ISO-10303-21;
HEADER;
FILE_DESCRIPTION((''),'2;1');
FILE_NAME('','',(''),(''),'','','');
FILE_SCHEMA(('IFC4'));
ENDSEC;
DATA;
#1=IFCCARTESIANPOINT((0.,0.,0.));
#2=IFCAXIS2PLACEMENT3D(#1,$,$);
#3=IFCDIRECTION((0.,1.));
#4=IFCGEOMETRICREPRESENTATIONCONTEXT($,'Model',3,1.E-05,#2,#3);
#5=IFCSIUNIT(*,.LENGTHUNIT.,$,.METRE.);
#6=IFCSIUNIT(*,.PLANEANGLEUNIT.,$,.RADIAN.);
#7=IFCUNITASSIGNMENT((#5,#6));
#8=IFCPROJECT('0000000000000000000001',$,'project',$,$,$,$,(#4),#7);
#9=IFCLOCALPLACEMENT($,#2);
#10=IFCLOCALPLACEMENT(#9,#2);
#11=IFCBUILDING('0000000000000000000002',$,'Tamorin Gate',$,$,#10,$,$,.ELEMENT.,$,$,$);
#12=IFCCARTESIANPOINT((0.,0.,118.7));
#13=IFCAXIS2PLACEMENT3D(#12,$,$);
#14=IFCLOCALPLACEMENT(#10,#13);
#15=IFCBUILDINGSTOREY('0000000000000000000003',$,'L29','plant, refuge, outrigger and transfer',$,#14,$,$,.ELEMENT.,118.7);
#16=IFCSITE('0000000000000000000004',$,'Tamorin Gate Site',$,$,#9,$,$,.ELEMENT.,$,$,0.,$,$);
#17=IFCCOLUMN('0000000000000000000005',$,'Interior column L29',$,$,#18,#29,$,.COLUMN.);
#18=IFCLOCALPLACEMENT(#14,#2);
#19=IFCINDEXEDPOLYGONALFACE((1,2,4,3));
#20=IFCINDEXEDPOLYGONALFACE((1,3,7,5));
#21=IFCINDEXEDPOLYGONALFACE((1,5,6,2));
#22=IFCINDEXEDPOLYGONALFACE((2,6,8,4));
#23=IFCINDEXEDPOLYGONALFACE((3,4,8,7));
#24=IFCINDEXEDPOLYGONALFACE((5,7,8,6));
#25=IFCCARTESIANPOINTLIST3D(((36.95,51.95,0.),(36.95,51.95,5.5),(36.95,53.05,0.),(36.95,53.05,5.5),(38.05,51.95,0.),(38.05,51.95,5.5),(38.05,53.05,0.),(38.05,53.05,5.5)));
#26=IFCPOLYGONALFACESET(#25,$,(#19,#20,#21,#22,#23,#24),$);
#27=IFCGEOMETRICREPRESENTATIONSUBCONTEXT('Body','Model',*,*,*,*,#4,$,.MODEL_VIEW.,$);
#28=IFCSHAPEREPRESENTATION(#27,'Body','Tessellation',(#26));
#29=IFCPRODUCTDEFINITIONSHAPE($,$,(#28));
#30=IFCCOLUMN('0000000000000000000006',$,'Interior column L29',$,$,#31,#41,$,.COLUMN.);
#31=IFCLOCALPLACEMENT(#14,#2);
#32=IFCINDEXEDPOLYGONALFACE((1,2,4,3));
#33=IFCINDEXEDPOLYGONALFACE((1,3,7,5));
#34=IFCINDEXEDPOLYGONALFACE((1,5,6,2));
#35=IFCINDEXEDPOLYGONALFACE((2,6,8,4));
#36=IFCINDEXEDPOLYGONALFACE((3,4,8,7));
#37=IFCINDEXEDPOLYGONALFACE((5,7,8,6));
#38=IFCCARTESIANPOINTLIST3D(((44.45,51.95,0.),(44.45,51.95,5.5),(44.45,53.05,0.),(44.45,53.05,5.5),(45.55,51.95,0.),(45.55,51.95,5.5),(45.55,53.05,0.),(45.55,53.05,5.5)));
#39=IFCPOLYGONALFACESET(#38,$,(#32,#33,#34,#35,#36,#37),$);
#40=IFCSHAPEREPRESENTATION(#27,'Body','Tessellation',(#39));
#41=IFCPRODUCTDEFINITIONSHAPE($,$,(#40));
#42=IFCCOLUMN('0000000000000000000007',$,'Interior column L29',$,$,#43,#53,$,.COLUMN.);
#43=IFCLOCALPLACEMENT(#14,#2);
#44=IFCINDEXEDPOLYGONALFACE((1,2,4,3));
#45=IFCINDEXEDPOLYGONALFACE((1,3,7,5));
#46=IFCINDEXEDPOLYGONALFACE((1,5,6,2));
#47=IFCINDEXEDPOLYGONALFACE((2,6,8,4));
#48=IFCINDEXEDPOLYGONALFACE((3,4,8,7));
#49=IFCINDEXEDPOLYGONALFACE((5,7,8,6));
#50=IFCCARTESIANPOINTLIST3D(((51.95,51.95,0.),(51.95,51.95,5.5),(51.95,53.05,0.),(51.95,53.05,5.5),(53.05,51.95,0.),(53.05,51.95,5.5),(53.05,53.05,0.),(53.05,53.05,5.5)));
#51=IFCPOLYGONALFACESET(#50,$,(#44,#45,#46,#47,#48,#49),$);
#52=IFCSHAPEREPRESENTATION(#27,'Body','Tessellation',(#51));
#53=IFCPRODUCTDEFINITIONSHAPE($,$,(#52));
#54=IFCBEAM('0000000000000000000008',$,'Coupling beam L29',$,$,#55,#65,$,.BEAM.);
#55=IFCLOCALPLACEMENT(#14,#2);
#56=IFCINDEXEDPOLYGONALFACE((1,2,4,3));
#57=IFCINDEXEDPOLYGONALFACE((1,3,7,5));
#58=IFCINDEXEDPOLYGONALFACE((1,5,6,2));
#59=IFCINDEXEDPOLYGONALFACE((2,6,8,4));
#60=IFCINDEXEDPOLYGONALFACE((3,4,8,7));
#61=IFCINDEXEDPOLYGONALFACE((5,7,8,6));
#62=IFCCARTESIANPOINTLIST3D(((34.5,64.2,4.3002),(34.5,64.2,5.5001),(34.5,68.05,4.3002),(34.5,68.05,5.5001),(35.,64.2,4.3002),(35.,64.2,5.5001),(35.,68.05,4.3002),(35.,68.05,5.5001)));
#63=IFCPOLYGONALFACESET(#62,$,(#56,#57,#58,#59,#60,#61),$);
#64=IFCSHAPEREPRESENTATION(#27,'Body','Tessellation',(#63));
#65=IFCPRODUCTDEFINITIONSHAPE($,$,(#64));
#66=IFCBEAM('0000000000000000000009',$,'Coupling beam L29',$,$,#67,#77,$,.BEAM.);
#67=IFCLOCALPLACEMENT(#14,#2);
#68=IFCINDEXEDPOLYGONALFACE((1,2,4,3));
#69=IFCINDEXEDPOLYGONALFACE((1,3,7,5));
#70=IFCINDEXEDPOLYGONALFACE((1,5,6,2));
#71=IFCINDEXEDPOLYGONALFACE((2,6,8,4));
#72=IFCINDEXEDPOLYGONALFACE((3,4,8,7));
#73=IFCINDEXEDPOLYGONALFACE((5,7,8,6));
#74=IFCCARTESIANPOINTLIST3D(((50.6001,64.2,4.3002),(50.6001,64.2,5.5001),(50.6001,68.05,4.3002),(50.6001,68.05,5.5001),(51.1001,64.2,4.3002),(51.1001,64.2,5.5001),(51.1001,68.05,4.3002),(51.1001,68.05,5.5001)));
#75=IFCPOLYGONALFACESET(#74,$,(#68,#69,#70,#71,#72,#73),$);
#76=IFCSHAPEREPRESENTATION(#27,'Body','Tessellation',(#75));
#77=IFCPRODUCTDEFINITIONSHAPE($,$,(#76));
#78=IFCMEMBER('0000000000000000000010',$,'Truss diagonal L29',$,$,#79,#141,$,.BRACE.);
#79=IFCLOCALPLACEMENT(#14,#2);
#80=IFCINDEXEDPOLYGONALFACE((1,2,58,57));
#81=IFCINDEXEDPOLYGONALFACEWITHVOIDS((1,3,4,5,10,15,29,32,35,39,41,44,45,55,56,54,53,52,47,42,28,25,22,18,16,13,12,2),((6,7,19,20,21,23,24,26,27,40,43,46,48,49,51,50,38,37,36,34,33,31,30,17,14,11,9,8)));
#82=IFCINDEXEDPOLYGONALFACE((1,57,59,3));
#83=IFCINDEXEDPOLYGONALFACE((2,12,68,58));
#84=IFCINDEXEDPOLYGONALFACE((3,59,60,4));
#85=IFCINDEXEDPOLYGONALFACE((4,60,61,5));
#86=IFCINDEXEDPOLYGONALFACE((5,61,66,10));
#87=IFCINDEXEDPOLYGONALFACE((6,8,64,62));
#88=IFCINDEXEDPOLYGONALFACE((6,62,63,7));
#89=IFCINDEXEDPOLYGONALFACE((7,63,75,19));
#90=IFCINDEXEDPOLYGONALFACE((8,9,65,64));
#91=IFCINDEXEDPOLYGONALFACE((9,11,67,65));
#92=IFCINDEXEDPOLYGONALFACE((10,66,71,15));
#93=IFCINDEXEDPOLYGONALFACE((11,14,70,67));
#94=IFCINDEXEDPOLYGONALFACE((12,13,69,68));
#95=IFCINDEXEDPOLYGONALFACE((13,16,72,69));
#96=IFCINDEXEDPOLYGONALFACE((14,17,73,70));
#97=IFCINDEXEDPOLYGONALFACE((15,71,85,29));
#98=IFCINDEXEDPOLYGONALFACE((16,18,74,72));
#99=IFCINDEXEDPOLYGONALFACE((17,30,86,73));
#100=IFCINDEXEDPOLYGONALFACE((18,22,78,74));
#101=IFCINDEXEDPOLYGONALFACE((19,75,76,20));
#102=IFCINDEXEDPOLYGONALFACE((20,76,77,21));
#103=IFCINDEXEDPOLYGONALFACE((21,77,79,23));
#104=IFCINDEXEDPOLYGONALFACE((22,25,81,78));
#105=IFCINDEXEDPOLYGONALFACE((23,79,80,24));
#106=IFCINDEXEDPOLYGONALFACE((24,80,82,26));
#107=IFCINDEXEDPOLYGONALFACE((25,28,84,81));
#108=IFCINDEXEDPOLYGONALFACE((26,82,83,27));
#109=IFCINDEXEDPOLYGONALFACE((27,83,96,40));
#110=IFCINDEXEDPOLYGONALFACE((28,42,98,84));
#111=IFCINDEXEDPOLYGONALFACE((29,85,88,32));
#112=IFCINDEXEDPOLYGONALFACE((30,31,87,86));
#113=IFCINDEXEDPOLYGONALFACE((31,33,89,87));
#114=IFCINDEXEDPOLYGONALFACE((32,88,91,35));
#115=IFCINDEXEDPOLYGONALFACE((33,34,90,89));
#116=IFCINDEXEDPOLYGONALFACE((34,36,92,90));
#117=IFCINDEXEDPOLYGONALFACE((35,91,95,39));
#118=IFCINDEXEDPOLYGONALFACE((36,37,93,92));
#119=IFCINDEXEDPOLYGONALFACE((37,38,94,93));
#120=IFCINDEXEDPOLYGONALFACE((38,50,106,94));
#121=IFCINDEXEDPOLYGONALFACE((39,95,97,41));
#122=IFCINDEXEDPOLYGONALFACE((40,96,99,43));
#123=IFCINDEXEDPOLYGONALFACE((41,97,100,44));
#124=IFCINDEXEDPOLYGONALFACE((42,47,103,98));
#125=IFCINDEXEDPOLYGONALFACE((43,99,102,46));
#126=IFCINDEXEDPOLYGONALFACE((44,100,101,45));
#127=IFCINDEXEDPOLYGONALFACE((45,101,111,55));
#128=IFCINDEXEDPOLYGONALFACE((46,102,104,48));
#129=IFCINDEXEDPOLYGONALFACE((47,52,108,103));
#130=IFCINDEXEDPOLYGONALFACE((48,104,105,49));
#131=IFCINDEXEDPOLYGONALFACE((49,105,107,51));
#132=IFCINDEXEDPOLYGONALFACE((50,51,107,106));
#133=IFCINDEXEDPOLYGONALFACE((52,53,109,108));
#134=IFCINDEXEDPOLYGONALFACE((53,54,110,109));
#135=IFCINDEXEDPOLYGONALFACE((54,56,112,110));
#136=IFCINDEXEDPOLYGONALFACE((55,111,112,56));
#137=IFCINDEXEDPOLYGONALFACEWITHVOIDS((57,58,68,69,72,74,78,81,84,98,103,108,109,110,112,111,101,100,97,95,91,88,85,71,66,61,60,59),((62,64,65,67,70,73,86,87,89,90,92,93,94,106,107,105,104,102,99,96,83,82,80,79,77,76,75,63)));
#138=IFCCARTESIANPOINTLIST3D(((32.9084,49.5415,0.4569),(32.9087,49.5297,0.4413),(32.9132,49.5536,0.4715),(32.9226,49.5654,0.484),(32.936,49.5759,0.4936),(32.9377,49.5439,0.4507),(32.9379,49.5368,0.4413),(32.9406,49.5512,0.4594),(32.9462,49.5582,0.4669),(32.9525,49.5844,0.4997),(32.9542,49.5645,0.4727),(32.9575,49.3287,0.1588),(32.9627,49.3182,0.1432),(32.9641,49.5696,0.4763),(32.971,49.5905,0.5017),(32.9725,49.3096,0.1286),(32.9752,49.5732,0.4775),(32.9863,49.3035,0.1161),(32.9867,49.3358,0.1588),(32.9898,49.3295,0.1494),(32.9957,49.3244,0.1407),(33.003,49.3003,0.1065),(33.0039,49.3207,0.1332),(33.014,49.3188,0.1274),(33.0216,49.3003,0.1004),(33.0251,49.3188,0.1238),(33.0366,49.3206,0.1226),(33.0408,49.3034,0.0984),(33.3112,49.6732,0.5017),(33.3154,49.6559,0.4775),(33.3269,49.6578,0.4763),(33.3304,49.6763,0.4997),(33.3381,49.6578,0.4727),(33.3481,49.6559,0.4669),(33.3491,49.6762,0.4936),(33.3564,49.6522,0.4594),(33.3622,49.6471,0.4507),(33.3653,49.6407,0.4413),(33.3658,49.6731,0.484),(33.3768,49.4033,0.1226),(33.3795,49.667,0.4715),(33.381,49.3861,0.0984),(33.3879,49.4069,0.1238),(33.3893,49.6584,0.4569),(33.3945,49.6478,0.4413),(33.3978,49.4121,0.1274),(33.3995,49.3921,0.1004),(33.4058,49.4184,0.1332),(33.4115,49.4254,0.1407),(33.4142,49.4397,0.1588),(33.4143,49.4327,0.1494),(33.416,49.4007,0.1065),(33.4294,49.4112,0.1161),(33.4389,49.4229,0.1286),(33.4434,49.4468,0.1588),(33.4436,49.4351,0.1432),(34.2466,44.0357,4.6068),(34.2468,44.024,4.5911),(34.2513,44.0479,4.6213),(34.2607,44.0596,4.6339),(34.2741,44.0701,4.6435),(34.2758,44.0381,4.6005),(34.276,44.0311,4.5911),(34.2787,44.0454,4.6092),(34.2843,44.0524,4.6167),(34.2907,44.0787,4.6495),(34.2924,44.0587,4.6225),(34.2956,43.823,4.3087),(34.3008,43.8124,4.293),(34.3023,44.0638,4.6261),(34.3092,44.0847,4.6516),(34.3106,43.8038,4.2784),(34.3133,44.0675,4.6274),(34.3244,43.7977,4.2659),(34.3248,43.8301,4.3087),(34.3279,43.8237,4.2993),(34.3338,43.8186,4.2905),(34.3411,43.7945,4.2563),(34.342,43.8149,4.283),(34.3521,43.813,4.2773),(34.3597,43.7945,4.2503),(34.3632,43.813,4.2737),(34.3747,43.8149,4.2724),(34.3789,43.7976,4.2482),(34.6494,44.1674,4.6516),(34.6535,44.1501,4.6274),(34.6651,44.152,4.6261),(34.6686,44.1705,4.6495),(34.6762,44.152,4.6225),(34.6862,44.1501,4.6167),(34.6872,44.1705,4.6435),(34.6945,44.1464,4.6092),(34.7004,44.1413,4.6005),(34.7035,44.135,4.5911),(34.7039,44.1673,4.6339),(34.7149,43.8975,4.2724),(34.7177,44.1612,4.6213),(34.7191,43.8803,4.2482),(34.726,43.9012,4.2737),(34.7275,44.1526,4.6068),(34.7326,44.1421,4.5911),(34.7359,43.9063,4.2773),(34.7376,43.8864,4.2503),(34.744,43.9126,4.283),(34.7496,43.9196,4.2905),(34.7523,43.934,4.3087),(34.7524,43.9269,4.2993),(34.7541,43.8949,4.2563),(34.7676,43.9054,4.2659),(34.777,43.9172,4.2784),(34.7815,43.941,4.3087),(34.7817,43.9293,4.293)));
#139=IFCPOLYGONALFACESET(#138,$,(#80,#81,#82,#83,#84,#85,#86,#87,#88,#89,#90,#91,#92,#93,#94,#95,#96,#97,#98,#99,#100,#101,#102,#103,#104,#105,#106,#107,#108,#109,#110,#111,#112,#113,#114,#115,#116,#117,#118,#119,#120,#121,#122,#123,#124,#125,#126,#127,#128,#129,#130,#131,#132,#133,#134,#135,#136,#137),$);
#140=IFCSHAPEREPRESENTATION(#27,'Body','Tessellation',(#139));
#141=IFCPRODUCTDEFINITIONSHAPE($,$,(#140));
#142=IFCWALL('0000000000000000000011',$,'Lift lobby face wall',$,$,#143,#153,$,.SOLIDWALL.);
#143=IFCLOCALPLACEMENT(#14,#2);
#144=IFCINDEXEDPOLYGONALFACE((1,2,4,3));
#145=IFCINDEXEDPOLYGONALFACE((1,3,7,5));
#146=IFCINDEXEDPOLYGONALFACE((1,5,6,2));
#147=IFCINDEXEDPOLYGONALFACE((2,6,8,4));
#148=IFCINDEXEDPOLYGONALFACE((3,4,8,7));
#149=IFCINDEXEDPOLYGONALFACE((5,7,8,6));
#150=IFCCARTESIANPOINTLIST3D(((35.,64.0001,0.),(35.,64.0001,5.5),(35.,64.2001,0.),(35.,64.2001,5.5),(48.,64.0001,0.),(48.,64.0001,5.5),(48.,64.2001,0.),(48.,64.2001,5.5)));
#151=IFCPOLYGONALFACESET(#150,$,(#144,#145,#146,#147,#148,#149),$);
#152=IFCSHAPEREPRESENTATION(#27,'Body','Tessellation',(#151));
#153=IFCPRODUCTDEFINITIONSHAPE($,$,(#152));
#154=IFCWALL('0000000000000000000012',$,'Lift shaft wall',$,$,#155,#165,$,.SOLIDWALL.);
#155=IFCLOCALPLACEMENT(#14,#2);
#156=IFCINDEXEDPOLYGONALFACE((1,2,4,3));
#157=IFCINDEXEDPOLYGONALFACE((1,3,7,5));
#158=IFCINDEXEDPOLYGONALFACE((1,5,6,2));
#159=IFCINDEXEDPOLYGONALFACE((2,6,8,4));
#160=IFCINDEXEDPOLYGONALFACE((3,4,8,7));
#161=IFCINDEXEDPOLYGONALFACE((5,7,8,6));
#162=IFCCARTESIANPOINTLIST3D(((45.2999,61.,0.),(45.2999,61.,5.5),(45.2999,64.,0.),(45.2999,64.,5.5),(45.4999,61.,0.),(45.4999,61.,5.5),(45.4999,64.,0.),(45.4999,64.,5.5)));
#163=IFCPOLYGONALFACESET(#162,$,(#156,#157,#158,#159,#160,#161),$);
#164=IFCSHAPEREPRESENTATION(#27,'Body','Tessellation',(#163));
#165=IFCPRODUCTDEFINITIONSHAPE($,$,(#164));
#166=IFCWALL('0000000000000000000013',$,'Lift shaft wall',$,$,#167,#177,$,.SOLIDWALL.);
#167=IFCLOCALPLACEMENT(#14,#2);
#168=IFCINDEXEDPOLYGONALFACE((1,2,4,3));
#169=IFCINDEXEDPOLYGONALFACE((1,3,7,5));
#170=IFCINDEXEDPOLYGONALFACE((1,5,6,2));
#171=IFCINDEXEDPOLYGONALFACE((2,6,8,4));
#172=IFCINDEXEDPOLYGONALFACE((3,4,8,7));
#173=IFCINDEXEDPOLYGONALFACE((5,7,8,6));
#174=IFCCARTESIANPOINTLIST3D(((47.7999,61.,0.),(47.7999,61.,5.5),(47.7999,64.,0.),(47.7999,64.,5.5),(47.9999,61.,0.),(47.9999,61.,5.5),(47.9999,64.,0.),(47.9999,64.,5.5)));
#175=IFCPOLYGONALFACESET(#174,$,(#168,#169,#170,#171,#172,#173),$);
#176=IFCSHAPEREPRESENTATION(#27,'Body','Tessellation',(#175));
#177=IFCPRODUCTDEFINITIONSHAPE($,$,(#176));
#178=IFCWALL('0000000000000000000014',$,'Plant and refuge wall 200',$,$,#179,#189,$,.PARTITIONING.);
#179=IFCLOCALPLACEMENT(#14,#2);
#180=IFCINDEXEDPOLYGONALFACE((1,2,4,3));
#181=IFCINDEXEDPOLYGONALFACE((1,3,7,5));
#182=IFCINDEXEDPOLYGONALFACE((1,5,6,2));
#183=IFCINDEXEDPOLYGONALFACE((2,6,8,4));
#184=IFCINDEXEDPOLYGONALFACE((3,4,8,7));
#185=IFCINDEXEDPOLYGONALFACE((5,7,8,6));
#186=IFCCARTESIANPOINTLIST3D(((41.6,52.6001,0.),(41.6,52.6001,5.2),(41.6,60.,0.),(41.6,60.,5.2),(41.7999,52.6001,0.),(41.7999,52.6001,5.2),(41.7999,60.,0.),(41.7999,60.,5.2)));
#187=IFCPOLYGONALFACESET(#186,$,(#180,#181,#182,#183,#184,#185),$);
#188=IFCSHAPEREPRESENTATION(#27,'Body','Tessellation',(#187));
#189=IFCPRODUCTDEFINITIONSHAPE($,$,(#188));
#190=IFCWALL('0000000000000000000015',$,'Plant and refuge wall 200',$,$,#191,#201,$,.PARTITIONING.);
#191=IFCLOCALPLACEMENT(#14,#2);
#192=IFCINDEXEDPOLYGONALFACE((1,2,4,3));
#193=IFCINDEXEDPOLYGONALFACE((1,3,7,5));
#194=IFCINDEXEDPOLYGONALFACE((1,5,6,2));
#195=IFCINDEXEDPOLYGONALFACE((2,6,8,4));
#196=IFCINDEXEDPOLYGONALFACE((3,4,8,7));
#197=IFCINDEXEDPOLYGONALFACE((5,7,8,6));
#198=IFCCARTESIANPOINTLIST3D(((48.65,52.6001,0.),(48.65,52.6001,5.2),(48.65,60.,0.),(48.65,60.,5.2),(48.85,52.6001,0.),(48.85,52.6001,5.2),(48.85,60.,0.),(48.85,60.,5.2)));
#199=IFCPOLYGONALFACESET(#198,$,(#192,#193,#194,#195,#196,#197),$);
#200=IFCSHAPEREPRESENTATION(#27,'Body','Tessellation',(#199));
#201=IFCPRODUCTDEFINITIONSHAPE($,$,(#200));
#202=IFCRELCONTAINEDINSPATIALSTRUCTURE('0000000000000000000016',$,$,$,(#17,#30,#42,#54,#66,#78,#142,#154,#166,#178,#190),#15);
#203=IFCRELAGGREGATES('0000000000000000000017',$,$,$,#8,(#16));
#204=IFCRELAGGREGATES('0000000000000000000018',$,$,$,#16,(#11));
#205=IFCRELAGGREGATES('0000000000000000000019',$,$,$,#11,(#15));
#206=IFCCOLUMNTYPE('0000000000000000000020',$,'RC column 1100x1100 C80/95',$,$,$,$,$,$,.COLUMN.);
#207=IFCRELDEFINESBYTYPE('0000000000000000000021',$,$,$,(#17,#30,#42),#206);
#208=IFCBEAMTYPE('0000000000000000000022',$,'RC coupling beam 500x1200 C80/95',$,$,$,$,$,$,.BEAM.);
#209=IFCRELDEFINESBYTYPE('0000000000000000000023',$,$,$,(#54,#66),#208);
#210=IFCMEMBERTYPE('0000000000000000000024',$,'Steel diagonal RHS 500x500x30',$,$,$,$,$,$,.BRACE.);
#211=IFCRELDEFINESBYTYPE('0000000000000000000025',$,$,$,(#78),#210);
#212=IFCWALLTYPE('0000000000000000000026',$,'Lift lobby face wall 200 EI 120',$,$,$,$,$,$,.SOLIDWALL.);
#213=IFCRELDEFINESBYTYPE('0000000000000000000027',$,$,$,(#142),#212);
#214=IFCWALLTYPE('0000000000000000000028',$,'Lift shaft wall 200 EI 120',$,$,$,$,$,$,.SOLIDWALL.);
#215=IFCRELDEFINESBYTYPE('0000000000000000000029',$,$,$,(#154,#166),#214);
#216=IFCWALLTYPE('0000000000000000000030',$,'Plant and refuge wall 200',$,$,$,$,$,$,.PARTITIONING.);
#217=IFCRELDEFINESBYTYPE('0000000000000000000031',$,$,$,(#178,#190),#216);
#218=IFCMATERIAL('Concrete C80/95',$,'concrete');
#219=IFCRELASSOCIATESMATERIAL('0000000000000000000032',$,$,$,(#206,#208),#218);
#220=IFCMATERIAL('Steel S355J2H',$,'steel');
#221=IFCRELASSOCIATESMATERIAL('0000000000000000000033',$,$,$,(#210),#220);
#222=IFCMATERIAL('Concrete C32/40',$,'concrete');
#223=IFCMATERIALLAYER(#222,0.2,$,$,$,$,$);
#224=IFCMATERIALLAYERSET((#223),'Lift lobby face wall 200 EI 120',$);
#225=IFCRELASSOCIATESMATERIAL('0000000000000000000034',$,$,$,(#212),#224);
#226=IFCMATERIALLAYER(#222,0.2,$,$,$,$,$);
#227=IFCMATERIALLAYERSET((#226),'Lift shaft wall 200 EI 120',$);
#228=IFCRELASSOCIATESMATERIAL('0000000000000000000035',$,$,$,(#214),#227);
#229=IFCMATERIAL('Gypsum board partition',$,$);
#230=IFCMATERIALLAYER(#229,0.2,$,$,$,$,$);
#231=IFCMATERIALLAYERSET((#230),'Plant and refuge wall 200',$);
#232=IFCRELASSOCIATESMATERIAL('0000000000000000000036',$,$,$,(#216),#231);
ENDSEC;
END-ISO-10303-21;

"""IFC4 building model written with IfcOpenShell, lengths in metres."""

from ifc_helpers import new_model, si_unit, direction, frame, frame_2d, origin, origin_2d, place, context, subcontext, project, spatial, rectangle, hollow_rectangle, extrude, material, layer, layer_set, material_profile, profile_set, type_object, element, save


model = new_model("IFC4")

# Units and contexts
model_context = context("Model", 3, precision=1e-05, world=origin(), true_north=direction((0.0, 1.0)))
body_context = subcontext(model_context, "Body", "Model", "MODEL_VIEW")
ifc_project = project(units=[si_unit("LENGTHUNIT", "METRE"), si_unit("PLANEANGLEUNIT", "RADIAN")], contexts=[model_context])

# Site, building, storey
site_placement = place(None, origin())
site = spatial("IfcSite", under=ifc_project, at=site_placement, Name="Tamorin Gate Site", CompositionType="ELEMENT", RefElevation=0.0)
building_placement = place(site_placement, origin())
building = spatial("IfcBuilding", under=site, at=building_placement, Name="Tamorin Gate", CompositionType="ELEMENT")
storey_placement = place(building_placement, frame((0.0, 0.0, 118.7)))
storey = spatial("IfcBuildingStorey", under=building, at=storey_placement, Name="L29", Description="plant, refuge, outrigger and transfer", CompositionType="ELEMENT", Elevation=118.7)

# Columns
ifc_material_1 = material(Name="Concrete C80/95", Category="concrete")
ifc_material_profile_1 = material_profile(ifc_material_1, rectangle(XDim=1.1001, YDim=1.1001, at=origin_2d()), Name="RC 1100x1100")
ifc_profile_set_1 = profile_set([ifc_material_profile_1], Name="Concrete C80/95")
column_type = type_object("IfcColumnType", Name="RC column 1100x1100 C80/95", PredefinedType="COLUMN", material=ifc_profile_set_1)
for number, where, z_axis, x_axis, name in (
    (1, (37.5, 52.5, 0.0), (0.0, 0.0, 1.0), (1.0, 0.0, 0.0), "Interior column L29"),
    (2, (45.0, 52.5, 0.0), (0.0, 0.0, 1.0), (1.0, 0.0, 0.0), "Interior column L29"),
    (3, (52.5, 52.5, 0.0), (0.0, 0.0, 1.0), (1.0, 0.0, 0.0), "Interior column L29"),
):
    element("IfcColumn", number, at=place(storey_placement, frame(where, z_axis=z_axis, x_axis=x_axis)), inside=storey, type_object=column_type, Name=name, PredefinedType="COLUMN", context=body_context, shape_type="SweptSolid", body=[
        extrude(rectangle(XDim=1.1001, YDim=1.1001, at=origin_2d()), origin(), (0.0, 0.0, 1.0), 5.5),
    ])

# Beams
ifc_material_profile_2 = material_profile(ifc_material_1, rectangle(XDim=0.5, YDim=1.2, at=origin_2d()), Name="RC 500x1200")
ifc_profile_set_2 = profile_set([ifc_material_profile_2], Name="Concrete C80/95")
beam_type = type_object("IfcBeamType", Name="RC coupling beam 500x1200 C80/95", PredefinedType="BEAM", material=ifc_profile_set_2)
for number, where, z_axis, x_axis, name in (
    (4, (34.75, 64.2, 4.9001), (0.0, 1.0, 0.0), (-1.0, 0.0, 0.0), "Coupling beam L29"),
    (5, (50.8501, 64.2, 4.9001), (0.0, 1.0, 0.0), (-1.0, 0.0, 0.0), "Coupling beam L29"),
):
    element("IfcBeam", number, at=place(storey_placement, frame(where, z_axis=z_axis, x_axis=x_axis)), inside=storey, type_object=beam_type, Name=name, PredefinedType="BEAM", context=body_context, shape_type="SweptSolid", body=[
        extrude(rectangle(XDim=0.5, YDim=1.2, at=origin_2d()), origin(), (0.0, 0.0, 1.0), 3.8501),
    ])

# Member
ifc_material_2 = material(Name="Steel S355J2H", Category="steel")
ifc_material_profile_3 = material_profile(ifc_material_2, hollow_rectangle(XDim=0.5, YDim=0.5, WallThickness=0.03, InnerFilletRadius=0.0449, OuterFilletRadius=0.075, at=origin_2d()), Name="RHS 500x500x30")
ifc_profile_set_3 = profile_set([ifc_material_profile_3], Name="Steel S355J2H")
member_type = type_object("IfcMemberType", Name="Steel diagonal RHS 500x500x30", PredefinedType="BRACE", material=ifc_profile_set_3)
member_placement = place(storey_placement, frame((33.176, 49.4883, 0.3), z_axis=(0.190528, -0.783942, 0.590876), x_axis=(0.971713, 0.236164, 0.0)))
element("IfcMember", 6, at=member_placement, inside=storey, type_object=member_type, Name="Truss diagonal L29", PredefinedType="BRACE", context=body_context, shape_type="SweptSolid", body=[
    extrude(hollow_rectangle(XDim=0.5, YDim=0.5, WallThickness=0.03, InnerFilletRadius=0.0449, OuterFilletRadius=0.075, at=origin_2d()), origin(), (0.0, 0.0, 1.0), 7.0232),
])

# Walls
ifc_material_3 = material(Name="Concrete C32/40", Category="concrete")
ifc_layer_1 = layer(ifc_material_3, 0.2)
ifc_layer_set_1 = layer_set([ifc_layer_1], Name="Lift lobby face wall 200 EI 120")
wall_type_1 = type_object("IfcWallType", Name="Lift lobby face wall 200 EI 120", PredefinedType="SOLIDWALL", material=ifc_layer_set_1)
wall_1_placement = place(storey_placement, frame((35.0, 64.1001, 0.0), z_axis=(0.0, 0.0, 1.0), x_axis=(1.0, 0.0, 0.0)))
element("IfcWall", 7, at=wall_1_placement, inside=storey, type_object=wall_type_1, Name="Lift lobby face wall", PredefinedType="SOLIDWALL", context=body_context, shape_type="SweptSolid", body=[
    extrude(rectangle(XDim=13.0, YDim=0.2, at=frame_2d((6.5, 0.0))), origin(), (0.0, 0.0, 1.0), 5.5),
])
ifc_layer_2 = layer(ifc_material_3, 0.2)
ifc_layer_set_2 = layer_set([ifc_layer_2], Name="Lift shaft wall 200 EI 120")
wall_type_2 = type_object("IfcWallType", Name="Lift shaft wall 200 EI 120", PredefinedType="SOLIDWALL", material=ifc_layer_set_2)
for number, where, z_axis, x_axis, name in (
    (8, (45.3999, 61.0, 0.0), (0.0, 0.0, 1.0), (0.0, 1.0, 0.0), "Lift shaft wall"),
    (9, (47.8999, 61.0, 0.0), (0.0, 0.0, 1.0), (0.0, 1.0, 0.0), "Lift shaft wall"),
):
    element("IfcWall", number, at=place(storey_placement, frame(where, z_axis=z_axis, x_axis=x_axis)), inside=storey, type_object=wall_type_2, Name=name, PredefinedType="SOLIDWALL", context=body_context, shape_type="SweptSolid", body=[
        extrude(rectangle(XDim=3.0, YDim=0.2, at=frame_2d((1.5, 0.0))), origin(), (0.0, 0.0, 1.0), 5.5),
    ])
ifc_material_4 = material(Name="Gypsum board partition")
ifc_layer_3 = layer(ifc_material_4, 0.2)
ifc_layer_set_3 = layer_set([ifc_layer_3], Name="Plant and refuge wall 200")
wall_type_3 = type_object("IfcWallType", Name="Plant and refuge wall 200", PredefinedType="PARTITIONING", material=ifc_layer_set_3)
for number, where, z_axis, x_axis, name in (
    (10, (41.7, 52.6001, 0.0), (0.0, 0.0, 1.0), (0.0, 1.0, 0.0), "Plant and refuge wall 200"),
    (11, (48.75, 52.6001, 0.0), (0.0, 0.0, 1.0), (0.0, 1.0, 0.0), "Plant and refuge wall 200"),
):
    element("IfcWall", number, at=place(storey_placement, frame(where, z_axis=z_axis, x_axis=x_axis)), inside=storey, type_object=wall_type_3, Name=name, PredefinedType="PARTITIONING", context=body_context, shape_type="SweptSolid", body=[
        extrude(rectangle(XDim=7.3999, YDim=0.2, at=frame_2d((3.7, 0.0))), origin(), (0.0, 0.0, 1.0), 5.2),
    ])

save(model, "model.ifc")
